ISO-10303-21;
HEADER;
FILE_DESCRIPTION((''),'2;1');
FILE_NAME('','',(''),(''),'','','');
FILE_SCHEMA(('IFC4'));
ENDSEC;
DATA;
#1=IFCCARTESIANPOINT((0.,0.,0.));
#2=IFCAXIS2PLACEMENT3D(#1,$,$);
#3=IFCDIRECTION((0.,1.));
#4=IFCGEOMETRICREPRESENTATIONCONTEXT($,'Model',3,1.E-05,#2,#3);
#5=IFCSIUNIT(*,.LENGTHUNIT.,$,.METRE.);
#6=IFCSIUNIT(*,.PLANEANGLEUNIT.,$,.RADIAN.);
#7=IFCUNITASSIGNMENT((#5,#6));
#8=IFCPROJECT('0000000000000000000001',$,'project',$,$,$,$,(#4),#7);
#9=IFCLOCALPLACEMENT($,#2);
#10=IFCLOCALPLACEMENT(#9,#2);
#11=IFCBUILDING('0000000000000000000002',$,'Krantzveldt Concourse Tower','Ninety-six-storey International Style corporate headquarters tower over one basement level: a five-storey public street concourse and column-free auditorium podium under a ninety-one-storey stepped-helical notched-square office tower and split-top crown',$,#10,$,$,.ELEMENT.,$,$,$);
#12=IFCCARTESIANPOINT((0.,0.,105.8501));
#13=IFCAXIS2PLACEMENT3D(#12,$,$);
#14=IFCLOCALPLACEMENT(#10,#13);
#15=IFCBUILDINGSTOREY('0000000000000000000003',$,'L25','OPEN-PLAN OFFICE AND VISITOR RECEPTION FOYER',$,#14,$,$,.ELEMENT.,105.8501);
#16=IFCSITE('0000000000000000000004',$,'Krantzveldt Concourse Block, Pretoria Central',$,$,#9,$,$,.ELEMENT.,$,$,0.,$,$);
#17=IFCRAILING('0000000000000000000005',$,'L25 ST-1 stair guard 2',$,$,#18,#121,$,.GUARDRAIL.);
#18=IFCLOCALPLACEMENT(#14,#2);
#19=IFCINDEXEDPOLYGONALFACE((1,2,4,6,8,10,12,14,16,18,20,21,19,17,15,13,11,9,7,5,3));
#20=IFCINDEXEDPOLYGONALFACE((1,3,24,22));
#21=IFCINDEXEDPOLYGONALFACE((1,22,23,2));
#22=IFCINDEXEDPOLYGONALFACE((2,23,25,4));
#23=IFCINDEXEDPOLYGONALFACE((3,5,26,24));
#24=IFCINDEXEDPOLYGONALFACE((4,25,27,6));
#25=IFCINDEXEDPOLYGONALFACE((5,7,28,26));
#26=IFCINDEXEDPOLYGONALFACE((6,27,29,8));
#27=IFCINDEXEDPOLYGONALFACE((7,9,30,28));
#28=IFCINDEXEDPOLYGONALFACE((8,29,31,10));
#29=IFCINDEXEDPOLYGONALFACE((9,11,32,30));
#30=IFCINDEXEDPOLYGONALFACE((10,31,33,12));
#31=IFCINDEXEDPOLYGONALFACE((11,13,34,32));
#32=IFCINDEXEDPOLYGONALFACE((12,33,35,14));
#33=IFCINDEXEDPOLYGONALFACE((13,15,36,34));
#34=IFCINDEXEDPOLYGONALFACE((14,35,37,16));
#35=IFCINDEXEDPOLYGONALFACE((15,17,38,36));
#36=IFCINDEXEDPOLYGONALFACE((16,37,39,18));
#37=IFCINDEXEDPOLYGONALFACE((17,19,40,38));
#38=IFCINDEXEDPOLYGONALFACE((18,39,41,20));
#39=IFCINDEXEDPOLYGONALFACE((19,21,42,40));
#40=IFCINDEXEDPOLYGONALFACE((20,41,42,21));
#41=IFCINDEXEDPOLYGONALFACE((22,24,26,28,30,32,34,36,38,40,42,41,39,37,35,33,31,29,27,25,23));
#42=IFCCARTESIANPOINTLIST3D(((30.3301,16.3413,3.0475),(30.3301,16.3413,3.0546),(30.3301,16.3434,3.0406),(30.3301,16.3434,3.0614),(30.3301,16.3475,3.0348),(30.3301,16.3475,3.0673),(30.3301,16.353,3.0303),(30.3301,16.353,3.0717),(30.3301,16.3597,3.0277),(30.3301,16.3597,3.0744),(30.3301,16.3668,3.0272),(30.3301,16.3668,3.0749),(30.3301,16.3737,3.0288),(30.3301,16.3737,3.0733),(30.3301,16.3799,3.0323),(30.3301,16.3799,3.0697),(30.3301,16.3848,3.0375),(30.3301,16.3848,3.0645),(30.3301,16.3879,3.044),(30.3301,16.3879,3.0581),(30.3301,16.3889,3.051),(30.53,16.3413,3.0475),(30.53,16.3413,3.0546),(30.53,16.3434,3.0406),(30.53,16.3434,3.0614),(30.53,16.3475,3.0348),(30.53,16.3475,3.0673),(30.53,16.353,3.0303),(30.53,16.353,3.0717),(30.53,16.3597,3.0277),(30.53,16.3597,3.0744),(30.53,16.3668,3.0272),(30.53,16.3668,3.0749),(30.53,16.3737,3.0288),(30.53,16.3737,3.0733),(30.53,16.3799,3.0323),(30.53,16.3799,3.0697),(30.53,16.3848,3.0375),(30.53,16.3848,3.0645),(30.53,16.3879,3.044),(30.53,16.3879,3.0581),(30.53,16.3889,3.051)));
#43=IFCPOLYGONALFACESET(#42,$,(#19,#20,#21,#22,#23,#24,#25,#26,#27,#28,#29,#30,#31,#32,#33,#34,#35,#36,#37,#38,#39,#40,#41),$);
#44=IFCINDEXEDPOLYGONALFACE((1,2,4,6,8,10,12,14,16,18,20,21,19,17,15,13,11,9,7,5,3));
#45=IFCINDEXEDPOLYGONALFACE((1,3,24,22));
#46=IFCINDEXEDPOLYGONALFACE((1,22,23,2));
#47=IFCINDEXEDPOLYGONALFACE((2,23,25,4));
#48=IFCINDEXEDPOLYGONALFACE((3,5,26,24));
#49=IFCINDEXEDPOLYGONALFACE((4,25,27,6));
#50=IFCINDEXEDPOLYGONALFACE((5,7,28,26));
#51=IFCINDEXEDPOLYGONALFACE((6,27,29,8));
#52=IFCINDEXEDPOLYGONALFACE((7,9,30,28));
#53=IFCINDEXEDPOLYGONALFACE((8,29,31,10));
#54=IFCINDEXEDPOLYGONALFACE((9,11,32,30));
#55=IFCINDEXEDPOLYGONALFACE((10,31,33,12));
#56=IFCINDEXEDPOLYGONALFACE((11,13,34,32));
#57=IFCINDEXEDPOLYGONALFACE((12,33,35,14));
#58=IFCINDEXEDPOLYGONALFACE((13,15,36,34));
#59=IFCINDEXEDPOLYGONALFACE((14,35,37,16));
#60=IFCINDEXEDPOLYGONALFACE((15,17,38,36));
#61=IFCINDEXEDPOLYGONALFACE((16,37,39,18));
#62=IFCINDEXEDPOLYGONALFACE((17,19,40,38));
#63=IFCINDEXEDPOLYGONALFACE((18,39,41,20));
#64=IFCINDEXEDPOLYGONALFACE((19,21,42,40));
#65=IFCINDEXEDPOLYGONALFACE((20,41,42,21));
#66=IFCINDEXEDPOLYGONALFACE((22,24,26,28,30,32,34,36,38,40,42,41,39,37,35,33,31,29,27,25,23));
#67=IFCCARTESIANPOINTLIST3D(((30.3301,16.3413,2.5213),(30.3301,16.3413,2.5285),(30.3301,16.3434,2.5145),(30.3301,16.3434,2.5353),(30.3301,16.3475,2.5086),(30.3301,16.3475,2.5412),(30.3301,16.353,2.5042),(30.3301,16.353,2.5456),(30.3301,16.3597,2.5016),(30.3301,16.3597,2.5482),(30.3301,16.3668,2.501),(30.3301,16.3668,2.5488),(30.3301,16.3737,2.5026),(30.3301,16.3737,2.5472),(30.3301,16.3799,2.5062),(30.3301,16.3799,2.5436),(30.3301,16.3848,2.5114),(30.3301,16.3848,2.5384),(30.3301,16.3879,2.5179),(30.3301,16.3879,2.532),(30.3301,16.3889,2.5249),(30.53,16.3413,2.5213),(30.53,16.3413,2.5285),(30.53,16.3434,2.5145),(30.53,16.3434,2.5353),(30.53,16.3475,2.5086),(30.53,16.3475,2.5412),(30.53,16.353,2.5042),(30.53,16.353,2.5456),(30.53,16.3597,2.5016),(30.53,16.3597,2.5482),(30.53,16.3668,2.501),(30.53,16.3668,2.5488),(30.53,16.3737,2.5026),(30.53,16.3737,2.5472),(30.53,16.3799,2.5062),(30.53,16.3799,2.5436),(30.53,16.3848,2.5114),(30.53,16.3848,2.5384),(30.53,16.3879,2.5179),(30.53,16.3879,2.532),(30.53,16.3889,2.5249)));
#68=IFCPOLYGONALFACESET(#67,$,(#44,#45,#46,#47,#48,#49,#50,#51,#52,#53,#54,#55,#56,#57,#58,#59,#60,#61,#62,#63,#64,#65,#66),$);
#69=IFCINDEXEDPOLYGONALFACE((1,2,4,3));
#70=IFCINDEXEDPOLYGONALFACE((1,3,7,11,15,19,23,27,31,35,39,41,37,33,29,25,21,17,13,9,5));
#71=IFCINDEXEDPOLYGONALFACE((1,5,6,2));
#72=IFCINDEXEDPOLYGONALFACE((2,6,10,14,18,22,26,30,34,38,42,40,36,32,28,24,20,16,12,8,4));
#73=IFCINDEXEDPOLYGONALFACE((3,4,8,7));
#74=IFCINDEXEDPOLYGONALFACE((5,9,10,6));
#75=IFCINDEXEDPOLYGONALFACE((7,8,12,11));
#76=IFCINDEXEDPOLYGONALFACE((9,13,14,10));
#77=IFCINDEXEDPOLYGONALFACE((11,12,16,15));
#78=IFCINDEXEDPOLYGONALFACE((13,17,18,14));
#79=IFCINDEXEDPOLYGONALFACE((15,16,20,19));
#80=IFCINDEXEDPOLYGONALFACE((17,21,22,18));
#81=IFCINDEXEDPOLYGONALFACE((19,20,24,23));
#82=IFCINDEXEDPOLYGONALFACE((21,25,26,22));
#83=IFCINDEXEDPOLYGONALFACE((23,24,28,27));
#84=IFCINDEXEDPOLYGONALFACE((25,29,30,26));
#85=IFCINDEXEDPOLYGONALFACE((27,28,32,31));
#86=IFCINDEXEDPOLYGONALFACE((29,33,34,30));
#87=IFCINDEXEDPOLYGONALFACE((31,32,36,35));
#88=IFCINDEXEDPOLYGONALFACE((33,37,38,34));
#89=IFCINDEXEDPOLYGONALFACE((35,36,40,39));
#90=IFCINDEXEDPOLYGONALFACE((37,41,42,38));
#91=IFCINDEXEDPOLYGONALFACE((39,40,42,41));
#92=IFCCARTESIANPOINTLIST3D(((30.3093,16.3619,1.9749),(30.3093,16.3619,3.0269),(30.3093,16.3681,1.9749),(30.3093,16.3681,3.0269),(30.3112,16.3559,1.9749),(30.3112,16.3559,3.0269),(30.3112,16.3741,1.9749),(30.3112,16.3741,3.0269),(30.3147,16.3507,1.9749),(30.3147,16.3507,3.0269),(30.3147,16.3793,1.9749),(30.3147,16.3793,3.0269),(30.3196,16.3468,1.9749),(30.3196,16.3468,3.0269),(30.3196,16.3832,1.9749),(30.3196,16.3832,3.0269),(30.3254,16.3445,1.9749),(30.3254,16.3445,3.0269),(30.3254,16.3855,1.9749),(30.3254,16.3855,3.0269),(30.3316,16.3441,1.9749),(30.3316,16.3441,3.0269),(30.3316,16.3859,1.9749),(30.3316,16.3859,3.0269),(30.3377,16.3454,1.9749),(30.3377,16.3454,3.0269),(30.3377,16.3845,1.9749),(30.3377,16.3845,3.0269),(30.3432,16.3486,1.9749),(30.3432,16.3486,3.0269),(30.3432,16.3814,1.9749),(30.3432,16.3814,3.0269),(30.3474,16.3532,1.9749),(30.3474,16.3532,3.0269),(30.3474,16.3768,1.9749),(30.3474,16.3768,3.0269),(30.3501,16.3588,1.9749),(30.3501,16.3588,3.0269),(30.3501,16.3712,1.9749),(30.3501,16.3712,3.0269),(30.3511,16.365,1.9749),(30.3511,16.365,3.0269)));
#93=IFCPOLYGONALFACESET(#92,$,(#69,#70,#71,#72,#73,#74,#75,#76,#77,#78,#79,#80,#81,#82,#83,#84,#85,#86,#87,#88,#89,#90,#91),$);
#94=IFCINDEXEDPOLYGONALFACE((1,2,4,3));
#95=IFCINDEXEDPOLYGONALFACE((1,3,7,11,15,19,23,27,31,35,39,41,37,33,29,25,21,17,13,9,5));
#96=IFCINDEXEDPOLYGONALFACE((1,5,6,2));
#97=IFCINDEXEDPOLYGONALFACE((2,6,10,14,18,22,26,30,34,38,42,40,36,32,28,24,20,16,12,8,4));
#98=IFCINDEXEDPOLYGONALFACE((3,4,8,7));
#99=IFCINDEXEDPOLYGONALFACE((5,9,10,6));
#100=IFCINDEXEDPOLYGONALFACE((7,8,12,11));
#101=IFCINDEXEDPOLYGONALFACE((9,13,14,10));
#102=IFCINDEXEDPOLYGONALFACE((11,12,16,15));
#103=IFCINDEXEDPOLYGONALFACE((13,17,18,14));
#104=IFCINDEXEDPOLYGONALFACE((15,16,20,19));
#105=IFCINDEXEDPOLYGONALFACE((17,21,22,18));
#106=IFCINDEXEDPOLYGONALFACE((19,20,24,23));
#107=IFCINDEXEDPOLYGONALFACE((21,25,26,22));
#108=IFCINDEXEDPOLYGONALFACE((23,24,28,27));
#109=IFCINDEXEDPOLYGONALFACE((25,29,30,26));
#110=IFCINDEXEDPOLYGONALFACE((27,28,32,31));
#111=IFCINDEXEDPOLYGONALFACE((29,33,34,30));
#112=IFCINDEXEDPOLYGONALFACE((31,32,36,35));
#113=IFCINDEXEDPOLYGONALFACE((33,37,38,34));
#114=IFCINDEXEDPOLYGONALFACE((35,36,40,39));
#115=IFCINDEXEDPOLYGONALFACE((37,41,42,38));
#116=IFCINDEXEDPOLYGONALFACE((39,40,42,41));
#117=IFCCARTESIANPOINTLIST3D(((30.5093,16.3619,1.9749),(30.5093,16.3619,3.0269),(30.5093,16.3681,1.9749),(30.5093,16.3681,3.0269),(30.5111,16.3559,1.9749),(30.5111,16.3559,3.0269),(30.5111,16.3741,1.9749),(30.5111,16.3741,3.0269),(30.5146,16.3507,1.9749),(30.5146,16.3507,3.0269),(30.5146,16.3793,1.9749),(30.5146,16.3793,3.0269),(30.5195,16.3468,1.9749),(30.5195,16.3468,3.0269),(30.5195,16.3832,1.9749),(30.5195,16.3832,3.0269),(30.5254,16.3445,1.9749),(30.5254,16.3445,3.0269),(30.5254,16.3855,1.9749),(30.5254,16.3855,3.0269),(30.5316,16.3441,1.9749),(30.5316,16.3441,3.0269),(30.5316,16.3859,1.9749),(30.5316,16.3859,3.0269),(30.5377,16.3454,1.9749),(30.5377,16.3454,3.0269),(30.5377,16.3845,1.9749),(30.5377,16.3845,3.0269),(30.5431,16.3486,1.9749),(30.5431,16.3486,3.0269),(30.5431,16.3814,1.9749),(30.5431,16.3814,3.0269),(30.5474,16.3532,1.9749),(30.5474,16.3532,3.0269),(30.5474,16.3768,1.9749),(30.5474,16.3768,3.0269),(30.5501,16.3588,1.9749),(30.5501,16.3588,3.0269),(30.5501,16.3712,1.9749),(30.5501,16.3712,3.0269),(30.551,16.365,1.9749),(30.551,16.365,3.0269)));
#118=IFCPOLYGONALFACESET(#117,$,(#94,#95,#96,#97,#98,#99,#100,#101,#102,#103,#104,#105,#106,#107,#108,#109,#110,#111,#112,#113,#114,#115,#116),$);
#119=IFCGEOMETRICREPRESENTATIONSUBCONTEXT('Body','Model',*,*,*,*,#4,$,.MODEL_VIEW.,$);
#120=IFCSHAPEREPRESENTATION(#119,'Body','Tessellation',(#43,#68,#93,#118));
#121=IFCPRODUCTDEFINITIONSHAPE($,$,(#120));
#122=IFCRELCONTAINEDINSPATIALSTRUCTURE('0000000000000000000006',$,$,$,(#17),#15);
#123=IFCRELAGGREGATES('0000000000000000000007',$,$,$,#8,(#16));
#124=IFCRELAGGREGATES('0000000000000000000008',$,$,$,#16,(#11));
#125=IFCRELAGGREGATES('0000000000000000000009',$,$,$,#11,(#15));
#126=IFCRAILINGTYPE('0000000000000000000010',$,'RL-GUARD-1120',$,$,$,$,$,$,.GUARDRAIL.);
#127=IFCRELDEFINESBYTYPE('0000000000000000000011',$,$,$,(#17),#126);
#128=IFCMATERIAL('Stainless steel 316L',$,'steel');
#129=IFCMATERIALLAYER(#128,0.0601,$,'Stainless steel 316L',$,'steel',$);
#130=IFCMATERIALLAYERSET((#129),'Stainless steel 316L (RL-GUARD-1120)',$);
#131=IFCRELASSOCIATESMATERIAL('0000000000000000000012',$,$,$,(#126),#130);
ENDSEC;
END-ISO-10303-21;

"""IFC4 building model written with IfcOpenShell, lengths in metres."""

from ifc_helpers import new_model, si_unit, direction, frame, origin, origin_2d, place, context, subcontext, project, spatial, circle, extrude, material, layer, layer_set, type_object, element, save


model = new_model("IFC4")

# Units and contexts
model_context = context("Model", 3, precision=1e-05, world=origin(), true_north=direction((0.0, 1.0)))
body_context = subcontext(model_context, "Body", "Model", "MODEL_VIEW")
ifc_project = project(units=[si_unit("LENGTHUNIT", "METRE"), si_unit("PLANEANGLEUNIT", "RADIAN")], contexts=[model_context])

# Site, building, storey
site_placement = place(None, origin())
site = spatial("IfcSite", under=ifc_project, at=site_placement, Name="Krantzveldt Concourse Block, Pretoria Central", CompositionType="ELEMENT", RefElevation=0.0)
building_placement = place(site_placement, origin())
building = spatial("IfcBuilding", under=site, at=building_placement, Name="Krantzveldt Concourse Tower", Description="Ninety-six-storey International Style corporate headquarters tower over one basement level: a five-storey public street concourse and column-free auditorium podium under a ninety-one-storey stepped-helical notched-square office tower and split-top crown", CompositionType="ELEMENT")
storey_placement = place(building_placement, frame((0.0, 0.0, 105.8501)))
storey = spatial("IfcBuildingStorey", under=building, at=storey_placement, Name="L25", Description="OPEN-PLAN OFFICE AND VISITOR RECEPTION FOYER", CompositionType="ELEMENT", Elevation=105.8501)

# Railing
ifc_material_1 = material(Name="Stainless steel 316L", Category="steel")
ifc_layer_1 = layer(ifc_material_1, 0.0601, Name="Stainless steel 316L", Category="steel")
ifc_layer_set_1 = layer_set([ifc_layer_1], Name="Stainless steel 316L (RL-GUARD-1120)")
railing_type_1 = type_object("IfcRailingType", Name="RL-GUARD-1120", PredefinedType="GUARDRAIL", material=ifc_layer_set_1)
railing_1_placement = place(storey_placement, frame((30.3301, 16.365, 1.9749)))
element("IfcRailing", 1, at=railing_1_placement, inside=storey, type_object=railing_type_1, Name="L25 ST-1 stair guard 2", PredefinedType="GUARDRAIL", context=body_context, shape_type="SweptSolid", body=[
    extrude(circle(Radius=0.0239, at=origin_2d()), frame((0.0, 0.0, 1.0762), z_axis=(1.0, 0.0, 0.0), x_axis=(0.0, 1.0, 0.0)), (0.0, 0.0, 1.0), 0.2),
    extrude(circle(Radius=0.0239, at=origin_2d()), frame((0.0, 0.0, 0.55), z_axis=(1.0, 0.0, 0.0), x_axis=(0.0, 1.0, 0.0)), (0.0, 0.0, 1.0), 0.2),
    extrude(circle(Radius=0.021, at=origin_2d()), origin(), (0.0, 0.0, 1.0), 1.052),
    extrude(circle(Radius=0.021, at=origin_2d()), frame((0.2, 0.0, 0.0)), (0.0, 0.0, 1.0), 1.052),
])

save(model, "model.ifc")
